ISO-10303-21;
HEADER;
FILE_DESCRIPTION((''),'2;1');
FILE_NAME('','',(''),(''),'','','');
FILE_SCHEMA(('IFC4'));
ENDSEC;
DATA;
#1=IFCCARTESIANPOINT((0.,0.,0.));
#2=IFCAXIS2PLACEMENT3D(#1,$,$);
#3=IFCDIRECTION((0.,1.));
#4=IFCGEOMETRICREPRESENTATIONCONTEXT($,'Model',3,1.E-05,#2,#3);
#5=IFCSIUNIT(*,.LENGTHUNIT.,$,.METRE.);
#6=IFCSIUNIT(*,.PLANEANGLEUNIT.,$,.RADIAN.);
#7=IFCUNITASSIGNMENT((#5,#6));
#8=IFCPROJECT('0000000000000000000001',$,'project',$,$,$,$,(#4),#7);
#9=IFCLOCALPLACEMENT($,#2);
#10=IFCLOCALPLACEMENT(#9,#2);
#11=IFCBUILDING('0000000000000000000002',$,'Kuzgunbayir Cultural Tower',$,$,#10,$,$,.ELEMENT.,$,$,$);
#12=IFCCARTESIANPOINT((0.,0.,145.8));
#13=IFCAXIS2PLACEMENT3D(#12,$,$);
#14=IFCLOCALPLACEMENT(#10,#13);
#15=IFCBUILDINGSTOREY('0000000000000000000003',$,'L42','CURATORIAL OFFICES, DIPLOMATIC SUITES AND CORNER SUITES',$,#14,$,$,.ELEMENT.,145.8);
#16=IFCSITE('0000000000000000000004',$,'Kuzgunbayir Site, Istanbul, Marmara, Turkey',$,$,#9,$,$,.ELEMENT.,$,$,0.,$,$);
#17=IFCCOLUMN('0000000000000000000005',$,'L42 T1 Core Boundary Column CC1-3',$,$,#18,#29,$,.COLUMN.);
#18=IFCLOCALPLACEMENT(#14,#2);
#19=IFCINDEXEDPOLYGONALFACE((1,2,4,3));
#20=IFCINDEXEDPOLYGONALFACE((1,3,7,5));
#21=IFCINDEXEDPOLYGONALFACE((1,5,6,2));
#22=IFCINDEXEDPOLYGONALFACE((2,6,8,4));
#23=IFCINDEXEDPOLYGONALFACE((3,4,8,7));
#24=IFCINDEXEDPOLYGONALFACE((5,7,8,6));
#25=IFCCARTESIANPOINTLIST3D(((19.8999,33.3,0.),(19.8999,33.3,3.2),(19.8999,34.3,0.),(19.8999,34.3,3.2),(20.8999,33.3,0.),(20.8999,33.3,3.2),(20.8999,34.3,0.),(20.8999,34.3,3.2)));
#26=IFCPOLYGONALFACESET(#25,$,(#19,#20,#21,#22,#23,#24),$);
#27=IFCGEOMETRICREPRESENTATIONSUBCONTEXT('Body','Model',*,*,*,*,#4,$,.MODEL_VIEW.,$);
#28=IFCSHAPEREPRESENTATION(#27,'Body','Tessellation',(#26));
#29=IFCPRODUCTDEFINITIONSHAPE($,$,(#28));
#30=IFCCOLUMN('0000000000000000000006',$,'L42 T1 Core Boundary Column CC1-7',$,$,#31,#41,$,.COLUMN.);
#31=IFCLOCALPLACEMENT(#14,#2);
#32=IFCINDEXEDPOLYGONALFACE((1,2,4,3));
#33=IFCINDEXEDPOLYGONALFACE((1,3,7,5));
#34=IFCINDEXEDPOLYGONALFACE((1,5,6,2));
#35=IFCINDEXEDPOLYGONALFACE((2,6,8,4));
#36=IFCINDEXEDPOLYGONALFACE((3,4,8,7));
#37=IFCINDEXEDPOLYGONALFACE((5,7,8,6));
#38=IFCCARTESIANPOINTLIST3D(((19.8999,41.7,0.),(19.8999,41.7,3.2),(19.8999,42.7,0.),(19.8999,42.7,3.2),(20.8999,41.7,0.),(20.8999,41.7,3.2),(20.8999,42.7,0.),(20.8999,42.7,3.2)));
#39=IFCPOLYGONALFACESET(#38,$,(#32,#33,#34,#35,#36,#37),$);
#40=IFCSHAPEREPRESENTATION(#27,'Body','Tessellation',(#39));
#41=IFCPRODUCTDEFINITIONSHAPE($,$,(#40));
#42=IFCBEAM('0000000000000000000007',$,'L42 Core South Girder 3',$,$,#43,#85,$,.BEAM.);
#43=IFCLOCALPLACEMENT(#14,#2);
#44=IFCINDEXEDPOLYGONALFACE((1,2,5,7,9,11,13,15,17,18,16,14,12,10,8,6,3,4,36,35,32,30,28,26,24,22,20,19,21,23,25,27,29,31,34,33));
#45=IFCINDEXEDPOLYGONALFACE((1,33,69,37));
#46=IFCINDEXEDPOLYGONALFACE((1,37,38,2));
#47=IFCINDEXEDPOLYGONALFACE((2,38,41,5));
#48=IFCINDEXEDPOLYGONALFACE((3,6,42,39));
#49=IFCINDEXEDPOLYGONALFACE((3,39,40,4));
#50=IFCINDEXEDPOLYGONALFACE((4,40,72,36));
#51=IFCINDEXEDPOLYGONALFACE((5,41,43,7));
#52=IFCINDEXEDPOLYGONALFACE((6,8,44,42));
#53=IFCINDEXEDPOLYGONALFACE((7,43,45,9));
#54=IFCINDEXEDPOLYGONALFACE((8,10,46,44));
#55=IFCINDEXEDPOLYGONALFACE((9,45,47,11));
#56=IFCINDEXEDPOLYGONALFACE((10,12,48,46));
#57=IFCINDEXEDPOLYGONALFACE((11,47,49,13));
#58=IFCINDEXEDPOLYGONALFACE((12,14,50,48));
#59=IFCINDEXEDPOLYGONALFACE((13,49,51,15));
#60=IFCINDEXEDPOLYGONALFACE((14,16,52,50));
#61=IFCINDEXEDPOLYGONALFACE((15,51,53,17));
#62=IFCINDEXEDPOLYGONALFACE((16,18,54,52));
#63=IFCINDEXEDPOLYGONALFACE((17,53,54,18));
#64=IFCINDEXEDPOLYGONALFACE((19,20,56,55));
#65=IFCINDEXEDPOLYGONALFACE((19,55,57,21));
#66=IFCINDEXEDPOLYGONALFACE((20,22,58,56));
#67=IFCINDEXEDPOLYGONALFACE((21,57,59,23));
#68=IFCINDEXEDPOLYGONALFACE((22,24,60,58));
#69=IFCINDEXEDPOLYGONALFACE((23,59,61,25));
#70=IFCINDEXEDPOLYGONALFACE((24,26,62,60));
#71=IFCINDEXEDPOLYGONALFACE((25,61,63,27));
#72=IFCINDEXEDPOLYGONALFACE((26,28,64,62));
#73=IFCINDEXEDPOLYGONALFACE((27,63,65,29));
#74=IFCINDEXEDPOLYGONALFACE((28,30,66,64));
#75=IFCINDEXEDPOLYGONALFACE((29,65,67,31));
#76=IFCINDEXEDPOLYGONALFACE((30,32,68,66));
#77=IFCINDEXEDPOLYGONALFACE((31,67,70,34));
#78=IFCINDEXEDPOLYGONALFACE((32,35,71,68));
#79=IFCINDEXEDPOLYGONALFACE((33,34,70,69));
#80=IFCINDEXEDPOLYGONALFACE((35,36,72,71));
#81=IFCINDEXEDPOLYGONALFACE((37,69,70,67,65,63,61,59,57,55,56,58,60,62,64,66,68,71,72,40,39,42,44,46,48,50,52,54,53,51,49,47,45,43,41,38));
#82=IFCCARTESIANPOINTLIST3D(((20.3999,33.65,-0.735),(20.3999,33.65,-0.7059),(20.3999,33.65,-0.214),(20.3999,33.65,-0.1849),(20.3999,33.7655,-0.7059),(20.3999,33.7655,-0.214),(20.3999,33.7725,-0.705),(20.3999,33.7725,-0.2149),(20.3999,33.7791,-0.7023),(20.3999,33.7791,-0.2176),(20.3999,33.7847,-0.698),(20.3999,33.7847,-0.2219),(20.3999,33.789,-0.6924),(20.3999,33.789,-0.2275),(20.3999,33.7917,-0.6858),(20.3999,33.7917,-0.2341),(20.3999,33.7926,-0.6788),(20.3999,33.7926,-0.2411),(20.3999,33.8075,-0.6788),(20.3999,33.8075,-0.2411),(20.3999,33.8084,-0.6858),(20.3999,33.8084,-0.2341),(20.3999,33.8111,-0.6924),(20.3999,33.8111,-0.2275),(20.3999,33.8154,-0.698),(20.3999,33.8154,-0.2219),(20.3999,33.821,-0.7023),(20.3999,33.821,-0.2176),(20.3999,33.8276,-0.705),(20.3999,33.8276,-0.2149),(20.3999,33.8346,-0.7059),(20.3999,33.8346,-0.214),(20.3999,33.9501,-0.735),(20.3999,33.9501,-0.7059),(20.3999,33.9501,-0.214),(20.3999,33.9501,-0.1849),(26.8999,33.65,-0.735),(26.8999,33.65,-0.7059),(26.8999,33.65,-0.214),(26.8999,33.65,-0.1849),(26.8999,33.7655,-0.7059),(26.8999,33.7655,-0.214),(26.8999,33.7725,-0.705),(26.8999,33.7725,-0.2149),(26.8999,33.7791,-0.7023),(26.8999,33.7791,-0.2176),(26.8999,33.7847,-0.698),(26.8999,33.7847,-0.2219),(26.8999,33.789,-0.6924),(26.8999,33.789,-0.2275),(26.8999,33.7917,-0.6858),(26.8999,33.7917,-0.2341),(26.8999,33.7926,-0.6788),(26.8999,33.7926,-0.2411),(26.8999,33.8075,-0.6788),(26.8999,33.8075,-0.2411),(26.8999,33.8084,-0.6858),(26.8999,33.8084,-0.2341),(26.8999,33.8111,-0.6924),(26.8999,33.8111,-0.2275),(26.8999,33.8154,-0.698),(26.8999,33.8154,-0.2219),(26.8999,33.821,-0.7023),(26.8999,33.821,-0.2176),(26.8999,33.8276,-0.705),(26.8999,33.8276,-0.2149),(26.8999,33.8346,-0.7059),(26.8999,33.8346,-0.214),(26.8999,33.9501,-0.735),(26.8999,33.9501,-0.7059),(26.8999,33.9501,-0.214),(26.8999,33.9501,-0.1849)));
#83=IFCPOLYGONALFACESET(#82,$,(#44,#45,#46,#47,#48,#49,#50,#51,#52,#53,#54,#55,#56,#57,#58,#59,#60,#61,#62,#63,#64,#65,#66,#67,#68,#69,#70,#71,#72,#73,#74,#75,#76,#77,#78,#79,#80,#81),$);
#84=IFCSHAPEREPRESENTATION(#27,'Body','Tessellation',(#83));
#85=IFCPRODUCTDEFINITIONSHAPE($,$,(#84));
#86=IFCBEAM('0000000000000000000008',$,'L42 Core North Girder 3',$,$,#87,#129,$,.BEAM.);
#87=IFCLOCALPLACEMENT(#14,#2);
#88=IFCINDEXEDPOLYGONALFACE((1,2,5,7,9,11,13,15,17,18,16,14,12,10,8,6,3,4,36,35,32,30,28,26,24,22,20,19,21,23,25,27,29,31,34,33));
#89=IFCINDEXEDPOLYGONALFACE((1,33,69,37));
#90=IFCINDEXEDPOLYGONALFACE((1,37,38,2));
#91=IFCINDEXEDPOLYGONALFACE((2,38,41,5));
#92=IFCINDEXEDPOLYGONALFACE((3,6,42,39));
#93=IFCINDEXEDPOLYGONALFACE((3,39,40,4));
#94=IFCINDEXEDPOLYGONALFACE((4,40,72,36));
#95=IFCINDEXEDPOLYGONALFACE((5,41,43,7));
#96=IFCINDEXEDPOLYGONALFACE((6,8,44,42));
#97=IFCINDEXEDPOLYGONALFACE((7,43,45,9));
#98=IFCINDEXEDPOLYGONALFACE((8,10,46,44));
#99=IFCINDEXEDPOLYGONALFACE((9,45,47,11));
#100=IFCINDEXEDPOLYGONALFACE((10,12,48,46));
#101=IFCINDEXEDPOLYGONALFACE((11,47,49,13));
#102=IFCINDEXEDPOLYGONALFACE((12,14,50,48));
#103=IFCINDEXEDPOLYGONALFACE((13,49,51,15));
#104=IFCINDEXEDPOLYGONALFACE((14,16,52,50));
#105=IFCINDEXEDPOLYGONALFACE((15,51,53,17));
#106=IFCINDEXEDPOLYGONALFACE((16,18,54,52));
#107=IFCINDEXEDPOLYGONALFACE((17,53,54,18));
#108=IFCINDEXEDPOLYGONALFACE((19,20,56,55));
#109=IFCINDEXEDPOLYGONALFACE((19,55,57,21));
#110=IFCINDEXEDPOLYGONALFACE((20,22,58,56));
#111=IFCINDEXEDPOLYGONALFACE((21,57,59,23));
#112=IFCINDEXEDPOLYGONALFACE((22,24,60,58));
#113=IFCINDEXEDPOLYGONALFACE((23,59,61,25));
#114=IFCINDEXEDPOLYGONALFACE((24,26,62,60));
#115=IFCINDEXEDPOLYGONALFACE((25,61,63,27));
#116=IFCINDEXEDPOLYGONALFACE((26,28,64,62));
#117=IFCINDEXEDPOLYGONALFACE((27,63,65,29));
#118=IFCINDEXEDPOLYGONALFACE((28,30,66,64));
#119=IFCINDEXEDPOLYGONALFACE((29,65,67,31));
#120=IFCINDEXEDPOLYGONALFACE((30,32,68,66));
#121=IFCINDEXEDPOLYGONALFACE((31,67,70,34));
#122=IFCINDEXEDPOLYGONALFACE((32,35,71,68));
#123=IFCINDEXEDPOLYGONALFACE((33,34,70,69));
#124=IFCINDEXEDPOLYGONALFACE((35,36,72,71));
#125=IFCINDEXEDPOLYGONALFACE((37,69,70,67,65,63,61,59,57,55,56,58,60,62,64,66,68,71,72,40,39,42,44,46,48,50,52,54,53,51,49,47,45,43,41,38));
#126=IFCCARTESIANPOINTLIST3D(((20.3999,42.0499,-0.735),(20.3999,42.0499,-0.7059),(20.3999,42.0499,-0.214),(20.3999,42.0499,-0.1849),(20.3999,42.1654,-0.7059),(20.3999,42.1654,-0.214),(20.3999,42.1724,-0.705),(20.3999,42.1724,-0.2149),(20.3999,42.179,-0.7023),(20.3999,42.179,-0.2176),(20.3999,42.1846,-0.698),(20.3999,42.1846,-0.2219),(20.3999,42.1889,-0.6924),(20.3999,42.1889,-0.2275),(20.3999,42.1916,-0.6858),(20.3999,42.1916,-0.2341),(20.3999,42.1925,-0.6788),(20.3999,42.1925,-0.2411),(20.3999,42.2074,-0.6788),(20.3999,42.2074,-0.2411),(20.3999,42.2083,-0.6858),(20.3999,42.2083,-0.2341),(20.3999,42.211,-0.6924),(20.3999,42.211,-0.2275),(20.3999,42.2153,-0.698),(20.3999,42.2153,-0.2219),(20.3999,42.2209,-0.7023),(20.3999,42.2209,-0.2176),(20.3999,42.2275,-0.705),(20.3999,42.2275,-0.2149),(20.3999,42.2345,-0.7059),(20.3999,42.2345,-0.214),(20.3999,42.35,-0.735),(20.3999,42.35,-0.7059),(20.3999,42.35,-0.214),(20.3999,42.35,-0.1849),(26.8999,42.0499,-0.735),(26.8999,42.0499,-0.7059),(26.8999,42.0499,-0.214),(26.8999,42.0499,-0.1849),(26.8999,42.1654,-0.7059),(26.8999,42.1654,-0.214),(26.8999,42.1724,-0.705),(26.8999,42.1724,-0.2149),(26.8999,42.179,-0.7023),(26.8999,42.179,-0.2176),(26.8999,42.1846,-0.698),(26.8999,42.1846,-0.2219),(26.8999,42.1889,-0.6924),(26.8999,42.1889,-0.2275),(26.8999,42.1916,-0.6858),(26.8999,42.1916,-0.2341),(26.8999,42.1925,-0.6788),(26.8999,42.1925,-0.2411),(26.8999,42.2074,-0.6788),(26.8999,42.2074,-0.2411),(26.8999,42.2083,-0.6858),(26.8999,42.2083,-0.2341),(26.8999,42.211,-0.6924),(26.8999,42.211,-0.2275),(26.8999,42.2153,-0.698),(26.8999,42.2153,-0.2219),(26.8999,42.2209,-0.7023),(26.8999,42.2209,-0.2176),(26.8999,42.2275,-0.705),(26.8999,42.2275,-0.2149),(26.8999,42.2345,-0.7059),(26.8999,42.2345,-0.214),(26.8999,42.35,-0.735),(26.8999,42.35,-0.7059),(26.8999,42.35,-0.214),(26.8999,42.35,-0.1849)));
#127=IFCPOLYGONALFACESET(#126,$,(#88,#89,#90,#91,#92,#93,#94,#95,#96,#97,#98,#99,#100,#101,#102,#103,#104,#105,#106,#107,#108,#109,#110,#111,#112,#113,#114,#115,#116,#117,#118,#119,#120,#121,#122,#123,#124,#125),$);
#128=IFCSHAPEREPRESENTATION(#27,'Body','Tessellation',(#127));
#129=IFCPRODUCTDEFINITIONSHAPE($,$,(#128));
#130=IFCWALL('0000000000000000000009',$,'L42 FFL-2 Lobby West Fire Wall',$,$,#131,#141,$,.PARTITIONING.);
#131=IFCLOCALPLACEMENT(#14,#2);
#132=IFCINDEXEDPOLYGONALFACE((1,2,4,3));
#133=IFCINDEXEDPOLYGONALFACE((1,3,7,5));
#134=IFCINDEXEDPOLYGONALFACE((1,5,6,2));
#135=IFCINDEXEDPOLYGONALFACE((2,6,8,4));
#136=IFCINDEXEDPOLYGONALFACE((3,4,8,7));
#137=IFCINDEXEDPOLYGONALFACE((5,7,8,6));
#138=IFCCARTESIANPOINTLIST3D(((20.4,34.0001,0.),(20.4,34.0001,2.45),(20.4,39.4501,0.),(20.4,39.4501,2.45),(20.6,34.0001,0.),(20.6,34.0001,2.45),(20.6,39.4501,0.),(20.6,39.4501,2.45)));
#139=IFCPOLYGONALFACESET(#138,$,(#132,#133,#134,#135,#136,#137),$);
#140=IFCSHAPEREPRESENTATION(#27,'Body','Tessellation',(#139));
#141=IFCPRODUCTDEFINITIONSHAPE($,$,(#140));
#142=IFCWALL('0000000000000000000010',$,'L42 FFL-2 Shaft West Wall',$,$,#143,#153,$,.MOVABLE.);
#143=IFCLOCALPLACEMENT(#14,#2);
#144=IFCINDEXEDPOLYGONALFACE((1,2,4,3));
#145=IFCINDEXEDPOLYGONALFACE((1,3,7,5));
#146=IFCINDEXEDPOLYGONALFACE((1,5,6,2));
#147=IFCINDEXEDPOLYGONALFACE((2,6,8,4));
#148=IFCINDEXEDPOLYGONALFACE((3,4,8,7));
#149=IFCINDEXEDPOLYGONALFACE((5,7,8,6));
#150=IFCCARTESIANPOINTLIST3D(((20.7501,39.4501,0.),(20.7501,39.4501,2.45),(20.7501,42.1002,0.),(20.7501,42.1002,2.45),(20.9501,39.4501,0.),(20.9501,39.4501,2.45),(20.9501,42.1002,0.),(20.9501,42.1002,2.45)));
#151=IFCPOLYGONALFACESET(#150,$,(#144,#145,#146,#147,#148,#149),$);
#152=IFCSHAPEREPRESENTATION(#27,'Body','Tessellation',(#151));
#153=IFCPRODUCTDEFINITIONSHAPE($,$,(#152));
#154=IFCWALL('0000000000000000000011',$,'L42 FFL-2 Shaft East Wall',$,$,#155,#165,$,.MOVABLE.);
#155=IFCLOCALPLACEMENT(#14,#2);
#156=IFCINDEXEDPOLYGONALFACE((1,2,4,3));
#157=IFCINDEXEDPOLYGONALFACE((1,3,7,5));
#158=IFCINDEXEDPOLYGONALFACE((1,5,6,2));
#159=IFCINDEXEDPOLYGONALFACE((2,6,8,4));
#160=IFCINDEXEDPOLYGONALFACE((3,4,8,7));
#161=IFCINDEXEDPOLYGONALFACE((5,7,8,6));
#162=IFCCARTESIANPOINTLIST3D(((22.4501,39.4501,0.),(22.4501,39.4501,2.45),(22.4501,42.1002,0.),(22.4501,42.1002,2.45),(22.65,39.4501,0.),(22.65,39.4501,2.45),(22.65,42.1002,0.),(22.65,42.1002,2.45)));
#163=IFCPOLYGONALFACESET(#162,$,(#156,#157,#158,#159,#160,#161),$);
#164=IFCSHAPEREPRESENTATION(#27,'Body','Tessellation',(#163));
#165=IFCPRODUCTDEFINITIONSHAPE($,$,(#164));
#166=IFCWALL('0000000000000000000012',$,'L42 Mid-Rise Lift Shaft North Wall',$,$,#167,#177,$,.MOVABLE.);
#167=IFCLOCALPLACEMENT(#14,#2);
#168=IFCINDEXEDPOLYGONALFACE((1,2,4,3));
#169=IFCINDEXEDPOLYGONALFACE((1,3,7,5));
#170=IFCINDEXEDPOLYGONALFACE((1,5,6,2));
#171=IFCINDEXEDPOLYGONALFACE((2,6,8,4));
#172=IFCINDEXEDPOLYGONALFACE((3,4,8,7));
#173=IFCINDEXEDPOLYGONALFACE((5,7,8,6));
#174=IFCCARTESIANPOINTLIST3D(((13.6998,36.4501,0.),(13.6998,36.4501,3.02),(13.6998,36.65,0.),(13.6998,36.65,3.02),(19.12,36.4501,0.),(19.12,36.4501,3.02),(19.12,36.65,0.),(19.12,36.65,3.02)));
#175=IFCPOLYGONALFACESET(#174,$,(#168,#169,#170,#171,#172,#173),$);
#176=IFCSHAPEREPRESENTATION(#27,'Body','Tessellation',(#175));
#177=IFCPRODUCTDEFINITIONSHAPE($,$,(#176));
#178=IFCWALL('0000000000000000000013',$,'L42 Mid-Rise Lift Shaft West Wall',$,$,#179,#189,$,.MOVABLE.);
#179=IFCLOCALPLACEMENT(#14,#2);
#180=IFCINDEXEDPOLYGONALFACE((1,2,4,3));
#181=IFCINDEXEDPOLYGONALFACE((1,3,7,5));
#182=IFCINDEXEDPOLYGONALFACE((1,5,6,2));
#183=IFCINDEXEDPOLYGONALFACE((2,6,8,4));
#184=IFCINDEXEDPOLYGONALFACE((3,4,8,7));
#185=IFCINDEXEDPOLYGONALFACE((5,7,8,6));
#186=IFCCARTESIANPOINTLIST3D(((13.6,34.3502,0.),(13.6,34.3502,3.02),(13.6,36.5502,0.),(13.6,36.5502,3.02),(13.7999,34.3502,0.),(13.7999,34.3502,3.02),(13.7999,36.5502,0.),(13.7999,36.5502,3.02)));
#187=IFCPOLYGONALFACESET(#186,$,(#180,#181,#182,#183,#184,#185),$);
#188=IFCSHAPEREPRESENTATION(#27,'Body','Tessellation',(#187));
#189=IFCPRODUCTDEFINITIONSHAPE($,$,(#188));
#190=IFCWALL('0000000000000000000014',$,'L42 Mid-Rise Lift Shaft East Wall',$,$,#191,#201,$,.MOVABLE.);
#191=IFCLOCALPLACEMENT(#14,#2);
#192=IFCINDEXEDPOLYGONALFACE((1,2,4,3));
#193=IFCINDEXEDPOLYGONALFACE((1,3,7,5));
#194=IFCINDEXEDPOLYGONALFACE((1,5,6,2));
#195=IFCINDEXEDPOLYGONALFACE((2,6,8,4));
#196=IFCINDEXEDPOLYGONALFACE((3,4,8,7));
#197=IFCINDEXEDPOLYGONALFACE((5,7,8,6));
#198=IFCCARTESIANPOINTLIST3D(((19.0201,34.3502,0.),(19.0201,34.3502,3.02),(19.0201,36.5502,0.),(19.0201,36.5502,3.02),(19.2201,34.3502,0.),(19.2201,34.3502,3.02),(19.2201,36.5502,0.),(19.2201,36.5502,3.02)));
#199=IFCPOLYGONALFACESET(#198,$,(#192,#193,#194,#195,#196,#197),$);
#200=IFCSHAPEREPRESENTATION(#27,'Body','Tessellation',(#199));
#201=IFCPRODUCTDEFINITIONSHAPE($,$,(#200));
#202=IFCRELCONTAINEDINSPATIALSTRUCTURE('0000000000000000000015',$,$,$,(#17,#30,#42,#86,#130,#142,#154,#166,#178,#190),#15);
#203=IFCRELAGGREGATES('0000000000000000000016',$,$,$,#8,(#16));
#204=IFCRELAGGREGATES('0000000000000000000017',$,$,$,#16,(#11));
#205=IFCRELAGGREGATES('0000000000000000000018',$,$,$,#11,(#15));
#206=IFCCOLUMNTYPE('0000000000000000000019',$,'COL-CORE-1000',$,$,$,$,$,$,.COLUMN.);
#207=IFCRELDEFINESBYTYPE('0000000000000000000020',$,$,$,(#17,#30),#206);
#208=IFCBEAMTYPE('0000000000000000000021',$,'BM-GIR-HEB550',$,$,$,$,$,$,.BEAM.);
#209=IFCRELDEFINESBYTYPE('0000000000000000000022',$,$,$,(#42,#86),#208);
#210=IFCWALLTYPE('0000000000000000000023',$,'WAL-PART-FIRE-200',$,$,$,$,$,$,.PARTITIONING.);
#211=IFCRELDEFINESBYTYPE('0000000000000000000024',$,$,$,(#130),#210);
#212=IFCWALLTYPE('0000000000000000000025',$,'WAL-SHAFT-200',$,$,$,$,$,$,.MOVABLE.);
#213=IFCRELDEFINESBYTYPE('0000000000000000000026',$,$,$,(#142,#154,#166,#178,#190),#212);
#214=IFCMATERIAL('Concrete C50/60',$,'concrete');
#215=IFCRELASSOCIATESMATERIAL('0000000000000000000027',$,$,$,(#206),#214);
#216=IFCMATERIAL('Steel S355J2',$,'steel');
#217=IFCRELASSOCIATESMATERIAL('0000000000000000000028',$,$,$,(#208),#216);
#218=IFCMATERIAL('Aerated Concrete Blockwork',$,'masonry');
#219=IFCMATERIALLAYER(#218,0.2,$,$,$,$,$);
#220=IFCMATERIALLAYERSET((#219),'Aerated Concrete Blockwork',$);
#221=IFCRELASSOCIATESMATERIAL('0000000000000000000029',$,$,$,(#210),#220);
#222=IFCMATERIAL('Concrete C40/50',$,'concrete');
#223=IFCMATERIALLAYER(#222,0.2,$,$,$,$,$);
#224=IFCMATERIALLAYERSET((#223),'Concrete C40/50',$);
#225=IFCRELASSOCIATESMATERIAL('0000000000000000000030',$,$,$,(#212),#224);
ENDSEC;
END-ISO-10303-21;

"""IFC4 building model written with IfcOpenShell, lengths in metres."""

from ifc_helpers import new_model, si_unit, direction, frame, frame_2d, origin, origin_2d, place, context, subcontext, project, spatial, rectangle, i_section, extrude, material, layer, layer_set, material_profile, profile_set, type_object, element, save


model = new_model("IFC4")

# Units and contexts
model_context = context("Model", 3, precision=1e-05, world=origin(), true_north=direction((0.0, 1.0)))
body_context = subcontext(model_context, "Body", "Model", "MODEL_VIEW")
ifc_project = project(units=[si_unit("LENGTHUNIT", "METRE"), si_unit("PLANEANGLEUNIT", "RADIAN")], contexts=[model_context])

# Site, building, storey
site_placement = place(None, origin())
site = spatial("IfcSite", under=ifc_project, at=site_placement, Name="Kuzgunbayir Site, Istanbul, Marmara, Turkey", CompositionType="ELEMENT", RefElevation=0.0)
building_placement = place(site_placement, origin())
building = spatial("IfcBuilding", under=site, at=building_placement, Name="Kuzgunbayir Cultural Tower", CompositionType="ELEMENT")
storey_placement = place(building_placement, frame((0.0, 0.0, 145.8)))
storey = spatial("IfcBuildingStorey", under=building, at=storey_placement, Name="L42", Description="CURATORIAL OFFICES, DIPLOMATIC SUITES AND CORNER SUITES", CompositionType="ELEMENT", Elevation=145.8)

# Columns
ifc_material_1 = material(Name="Concrete C50/60", Category="concrete")
ifc_material_profile_1 = material_profile(ifc_material_1, rectangle(XDim=1.0, YDim=1.0, at=origin_2d()), Name="RC 1000x1000")
ifc_profile_set_1 = profile_set([ifc_material_profile_1], Name="Concrete C50/60")
column_type = type_object("IfcColumnType", Name="COL-CORE-1000", PredefinedType="COLUMN", material=ifc_profile_set_1)
for number, where, z_axis, x_axis, name in (
    (1, (20.3999, 33.8, 0.0), (0.0, 0.0, 1.0), (1.0, 0.0, 0.0), "L42 T1 Core Boundary Column CC1-3"),
    (2, (20.3999, 42.2, 0.0), (0.0, 0.0, 1.0), (1.0, 0.0, 0.0), "L42 T1 Core Boundary Column CC1-7"),
):
    element("IfcColumn", number, at=place(storey_placement, frame(where, z_axis=z_axis, x_axis=x_axis)), inside=storey, type_object=column_type, Name=name, PredefinedType="COLUMN", context=body_context, shape_type="SweptSolid", body=[
        extrude(rectangle(XDim=1.0, YDim=1.0, at=origin_2d()), origin(), (0.0, 0.0, 1.0), 3.2),
    ])

# Beams
ifc_material_2 = material(Name="Steel S355J2", Category="steel")
ifc_material_profile_2 = material_profile(ifc_material_2, i_section(OverallWidth=0.3, OverallDepth=0.55, WebThickness=0.0149, FlangeThickness=0.0291, FilletRadius=0.0271, at=origin_2d()), Name="HEB 550")
ifc_profile_set_2 = profile_set([ifc_material_profile_2], Name="Steel S355J2")
beam_type = type_object("IfcBeamType", Name="BM-GIR-HEB550", PredefinedType="BEAM", material=ifc_profile_set_2)
for number, where, z_axis, x_axis, name in (
    (3, (20.3999, 33.8, -0.46), (1.0, 0.0, 0.0), (0.0, 1.0, 0.0), "L42 Core South Girder 3"),
    (4, (20.3999, 42.2, -0.46), (1.0, 0.0, 0.0), (0.0, 1.0, 0.0), "L42 Core North Girder 3"),
):
    element("IfcBeam", number, at=place(storey_placement, frame(where, z_axis=z_axis, x_axis=x_axis)), inside=storey, type_object=beam_type, Name=name, PredefinedType="BEAM", context=body_context, shape_type="SweptSolid", body=[
        extrude(i_section(OverallWidth=0.3, OverallDepth=0.55, WebThickness=0.0149, FlangeThickness=0.0291, FilletRadius=0.0271, at=origin_2d()), origin(), (0.0, 0.0, 1.0), 6.5),
    ])

# Wall
ifc_material_3 = material(Name="Aerated Concrete Blockwork", Category="masonry")
ifc_layer_1 = layer(ifc_material_3, 0.2)
ifc_layer_set_1 = layer_set([ifc_layer_1], Name="Aerated Concrete Blockwork")
wall_type_1 = type_object("IfcWallType", Name="WAL-PART-FIRE-200", PredefinedType="PARTITIONING", material=ifc_layer_set_1)
wall_1_placement = place(storey_placement, frame((20.5, 34.0, 0.0), z_axis=(0.0, 0.0, 1.0), x_axis=(0.0, 1.0, 0.0)))
element("IfcWall", 5, at=wall_1_placement, inside=storey, type_object=wall_type_1, Name="L42 FFL-2 Lobby West Fire Wall", PredefinedType="PARTITIONING", context=body_context, shape_type="SweptSolid", body=[
    extrude(rectangle(XDim=5.45, YDim=0.2, at=frame_2d((2.7251, 0.0))), origin(), (0.0, 0.0, 1.0), 2.45),
])

# Shared definitions
ifc_material_4 = material(Name="Concrete C40/50", Category="concrete")
ifc_layer_2 = layer(ifc_material_4, 0.2)
ifc_layer_set_2 = layer_set([ifc_layer_2], Name="Concrete C40/50")
wall_type_2 = type_object("IfcWallType", Name="WAL-SHAFT-200", PredefinedType="MOVABLE", material=ifc_layer_set_2)

# Walls
for number, where, z_axis, x_axis, name in (
    (6, (20.8501, 39.45, 0.0), (0.0, 0.0, 1.0), (0.0, 1.0, 0.0), "L42 FFL-2 Shaft West Wall"),
    (7, (22.55, 39.45, 0.0), (0.0, 0.0, 1.0), (0.0, 1.0, 0.0), "L42 FFL-2 Shaft East Wall"),
):
    element("IfcWall", number, at=place(storey_placement, frame(where, z_axis=z_axis, x_axis=x_axis)), inside=storey, type_object=wall_type_2, Name=name, PredefinedType="MOVABLE", context=body_context, shape_type="SweptSolid", body=[
        extrude(rectangle(XDim=2.6501, YDim=0.2, at=frame_2d((1.3252, 0.0))), origin(), (0.0, 0.0, 1.0), 2.45),
    ])
wall_2_placement = place(storey_placement, frame((13.7, 36.55, 0.0), z_axis=(0.0, 0.0, 1.0), x_axis=(1.0, 0.0, 0.0)))
element("IfcWall", 8, at=wall_2_placement, inside=storey, type_object=wall_type_2, Name="L42 Mid-Rise Lift Shaft North Wall", PredefinedType="MOVABLE", context=body_context, shape_type="SweptSolid", body=[
    extrude(rectangle(XDim=5.4202, YDim=0.2, at=frame_2d((2.71, 0.0))), origin(), (0.0, 0.0, 1.0), 3.02),
])
for number, where, z_axis, x_axis, name in (
    (9, (13.7, 34.3501, 0.0), (0.0, 0.0, 1.0), (0.0, 1.0, 0.0), "L42 Mid-Rise Lift Shaft West Wall"),
    (10, (19.1201, 34.3501, 0.0), (0.0, 0.0, 1.0), (0.0, 1.0, 0.0), "L42 Mid-Rise Lift Shaft East Wall"),
):
    element("IfcWall", number, at=place(storey_placement, frame(where, z_axis=z_axis, x_axis=x_axis)), inside=storey, type_object=wall_type_2, Name=name, PredefinedType="MOVABLE", context=body_context, shape_type="SweptSolid", body=[
        extrude(rectangle(XDim=2.2, YDim=0.2, at=frame_2d((1.1001, 0.0))), origin(), (0.0, 0.0, 1.0), 3.02),
    ])

save(model, "model.ifc")
